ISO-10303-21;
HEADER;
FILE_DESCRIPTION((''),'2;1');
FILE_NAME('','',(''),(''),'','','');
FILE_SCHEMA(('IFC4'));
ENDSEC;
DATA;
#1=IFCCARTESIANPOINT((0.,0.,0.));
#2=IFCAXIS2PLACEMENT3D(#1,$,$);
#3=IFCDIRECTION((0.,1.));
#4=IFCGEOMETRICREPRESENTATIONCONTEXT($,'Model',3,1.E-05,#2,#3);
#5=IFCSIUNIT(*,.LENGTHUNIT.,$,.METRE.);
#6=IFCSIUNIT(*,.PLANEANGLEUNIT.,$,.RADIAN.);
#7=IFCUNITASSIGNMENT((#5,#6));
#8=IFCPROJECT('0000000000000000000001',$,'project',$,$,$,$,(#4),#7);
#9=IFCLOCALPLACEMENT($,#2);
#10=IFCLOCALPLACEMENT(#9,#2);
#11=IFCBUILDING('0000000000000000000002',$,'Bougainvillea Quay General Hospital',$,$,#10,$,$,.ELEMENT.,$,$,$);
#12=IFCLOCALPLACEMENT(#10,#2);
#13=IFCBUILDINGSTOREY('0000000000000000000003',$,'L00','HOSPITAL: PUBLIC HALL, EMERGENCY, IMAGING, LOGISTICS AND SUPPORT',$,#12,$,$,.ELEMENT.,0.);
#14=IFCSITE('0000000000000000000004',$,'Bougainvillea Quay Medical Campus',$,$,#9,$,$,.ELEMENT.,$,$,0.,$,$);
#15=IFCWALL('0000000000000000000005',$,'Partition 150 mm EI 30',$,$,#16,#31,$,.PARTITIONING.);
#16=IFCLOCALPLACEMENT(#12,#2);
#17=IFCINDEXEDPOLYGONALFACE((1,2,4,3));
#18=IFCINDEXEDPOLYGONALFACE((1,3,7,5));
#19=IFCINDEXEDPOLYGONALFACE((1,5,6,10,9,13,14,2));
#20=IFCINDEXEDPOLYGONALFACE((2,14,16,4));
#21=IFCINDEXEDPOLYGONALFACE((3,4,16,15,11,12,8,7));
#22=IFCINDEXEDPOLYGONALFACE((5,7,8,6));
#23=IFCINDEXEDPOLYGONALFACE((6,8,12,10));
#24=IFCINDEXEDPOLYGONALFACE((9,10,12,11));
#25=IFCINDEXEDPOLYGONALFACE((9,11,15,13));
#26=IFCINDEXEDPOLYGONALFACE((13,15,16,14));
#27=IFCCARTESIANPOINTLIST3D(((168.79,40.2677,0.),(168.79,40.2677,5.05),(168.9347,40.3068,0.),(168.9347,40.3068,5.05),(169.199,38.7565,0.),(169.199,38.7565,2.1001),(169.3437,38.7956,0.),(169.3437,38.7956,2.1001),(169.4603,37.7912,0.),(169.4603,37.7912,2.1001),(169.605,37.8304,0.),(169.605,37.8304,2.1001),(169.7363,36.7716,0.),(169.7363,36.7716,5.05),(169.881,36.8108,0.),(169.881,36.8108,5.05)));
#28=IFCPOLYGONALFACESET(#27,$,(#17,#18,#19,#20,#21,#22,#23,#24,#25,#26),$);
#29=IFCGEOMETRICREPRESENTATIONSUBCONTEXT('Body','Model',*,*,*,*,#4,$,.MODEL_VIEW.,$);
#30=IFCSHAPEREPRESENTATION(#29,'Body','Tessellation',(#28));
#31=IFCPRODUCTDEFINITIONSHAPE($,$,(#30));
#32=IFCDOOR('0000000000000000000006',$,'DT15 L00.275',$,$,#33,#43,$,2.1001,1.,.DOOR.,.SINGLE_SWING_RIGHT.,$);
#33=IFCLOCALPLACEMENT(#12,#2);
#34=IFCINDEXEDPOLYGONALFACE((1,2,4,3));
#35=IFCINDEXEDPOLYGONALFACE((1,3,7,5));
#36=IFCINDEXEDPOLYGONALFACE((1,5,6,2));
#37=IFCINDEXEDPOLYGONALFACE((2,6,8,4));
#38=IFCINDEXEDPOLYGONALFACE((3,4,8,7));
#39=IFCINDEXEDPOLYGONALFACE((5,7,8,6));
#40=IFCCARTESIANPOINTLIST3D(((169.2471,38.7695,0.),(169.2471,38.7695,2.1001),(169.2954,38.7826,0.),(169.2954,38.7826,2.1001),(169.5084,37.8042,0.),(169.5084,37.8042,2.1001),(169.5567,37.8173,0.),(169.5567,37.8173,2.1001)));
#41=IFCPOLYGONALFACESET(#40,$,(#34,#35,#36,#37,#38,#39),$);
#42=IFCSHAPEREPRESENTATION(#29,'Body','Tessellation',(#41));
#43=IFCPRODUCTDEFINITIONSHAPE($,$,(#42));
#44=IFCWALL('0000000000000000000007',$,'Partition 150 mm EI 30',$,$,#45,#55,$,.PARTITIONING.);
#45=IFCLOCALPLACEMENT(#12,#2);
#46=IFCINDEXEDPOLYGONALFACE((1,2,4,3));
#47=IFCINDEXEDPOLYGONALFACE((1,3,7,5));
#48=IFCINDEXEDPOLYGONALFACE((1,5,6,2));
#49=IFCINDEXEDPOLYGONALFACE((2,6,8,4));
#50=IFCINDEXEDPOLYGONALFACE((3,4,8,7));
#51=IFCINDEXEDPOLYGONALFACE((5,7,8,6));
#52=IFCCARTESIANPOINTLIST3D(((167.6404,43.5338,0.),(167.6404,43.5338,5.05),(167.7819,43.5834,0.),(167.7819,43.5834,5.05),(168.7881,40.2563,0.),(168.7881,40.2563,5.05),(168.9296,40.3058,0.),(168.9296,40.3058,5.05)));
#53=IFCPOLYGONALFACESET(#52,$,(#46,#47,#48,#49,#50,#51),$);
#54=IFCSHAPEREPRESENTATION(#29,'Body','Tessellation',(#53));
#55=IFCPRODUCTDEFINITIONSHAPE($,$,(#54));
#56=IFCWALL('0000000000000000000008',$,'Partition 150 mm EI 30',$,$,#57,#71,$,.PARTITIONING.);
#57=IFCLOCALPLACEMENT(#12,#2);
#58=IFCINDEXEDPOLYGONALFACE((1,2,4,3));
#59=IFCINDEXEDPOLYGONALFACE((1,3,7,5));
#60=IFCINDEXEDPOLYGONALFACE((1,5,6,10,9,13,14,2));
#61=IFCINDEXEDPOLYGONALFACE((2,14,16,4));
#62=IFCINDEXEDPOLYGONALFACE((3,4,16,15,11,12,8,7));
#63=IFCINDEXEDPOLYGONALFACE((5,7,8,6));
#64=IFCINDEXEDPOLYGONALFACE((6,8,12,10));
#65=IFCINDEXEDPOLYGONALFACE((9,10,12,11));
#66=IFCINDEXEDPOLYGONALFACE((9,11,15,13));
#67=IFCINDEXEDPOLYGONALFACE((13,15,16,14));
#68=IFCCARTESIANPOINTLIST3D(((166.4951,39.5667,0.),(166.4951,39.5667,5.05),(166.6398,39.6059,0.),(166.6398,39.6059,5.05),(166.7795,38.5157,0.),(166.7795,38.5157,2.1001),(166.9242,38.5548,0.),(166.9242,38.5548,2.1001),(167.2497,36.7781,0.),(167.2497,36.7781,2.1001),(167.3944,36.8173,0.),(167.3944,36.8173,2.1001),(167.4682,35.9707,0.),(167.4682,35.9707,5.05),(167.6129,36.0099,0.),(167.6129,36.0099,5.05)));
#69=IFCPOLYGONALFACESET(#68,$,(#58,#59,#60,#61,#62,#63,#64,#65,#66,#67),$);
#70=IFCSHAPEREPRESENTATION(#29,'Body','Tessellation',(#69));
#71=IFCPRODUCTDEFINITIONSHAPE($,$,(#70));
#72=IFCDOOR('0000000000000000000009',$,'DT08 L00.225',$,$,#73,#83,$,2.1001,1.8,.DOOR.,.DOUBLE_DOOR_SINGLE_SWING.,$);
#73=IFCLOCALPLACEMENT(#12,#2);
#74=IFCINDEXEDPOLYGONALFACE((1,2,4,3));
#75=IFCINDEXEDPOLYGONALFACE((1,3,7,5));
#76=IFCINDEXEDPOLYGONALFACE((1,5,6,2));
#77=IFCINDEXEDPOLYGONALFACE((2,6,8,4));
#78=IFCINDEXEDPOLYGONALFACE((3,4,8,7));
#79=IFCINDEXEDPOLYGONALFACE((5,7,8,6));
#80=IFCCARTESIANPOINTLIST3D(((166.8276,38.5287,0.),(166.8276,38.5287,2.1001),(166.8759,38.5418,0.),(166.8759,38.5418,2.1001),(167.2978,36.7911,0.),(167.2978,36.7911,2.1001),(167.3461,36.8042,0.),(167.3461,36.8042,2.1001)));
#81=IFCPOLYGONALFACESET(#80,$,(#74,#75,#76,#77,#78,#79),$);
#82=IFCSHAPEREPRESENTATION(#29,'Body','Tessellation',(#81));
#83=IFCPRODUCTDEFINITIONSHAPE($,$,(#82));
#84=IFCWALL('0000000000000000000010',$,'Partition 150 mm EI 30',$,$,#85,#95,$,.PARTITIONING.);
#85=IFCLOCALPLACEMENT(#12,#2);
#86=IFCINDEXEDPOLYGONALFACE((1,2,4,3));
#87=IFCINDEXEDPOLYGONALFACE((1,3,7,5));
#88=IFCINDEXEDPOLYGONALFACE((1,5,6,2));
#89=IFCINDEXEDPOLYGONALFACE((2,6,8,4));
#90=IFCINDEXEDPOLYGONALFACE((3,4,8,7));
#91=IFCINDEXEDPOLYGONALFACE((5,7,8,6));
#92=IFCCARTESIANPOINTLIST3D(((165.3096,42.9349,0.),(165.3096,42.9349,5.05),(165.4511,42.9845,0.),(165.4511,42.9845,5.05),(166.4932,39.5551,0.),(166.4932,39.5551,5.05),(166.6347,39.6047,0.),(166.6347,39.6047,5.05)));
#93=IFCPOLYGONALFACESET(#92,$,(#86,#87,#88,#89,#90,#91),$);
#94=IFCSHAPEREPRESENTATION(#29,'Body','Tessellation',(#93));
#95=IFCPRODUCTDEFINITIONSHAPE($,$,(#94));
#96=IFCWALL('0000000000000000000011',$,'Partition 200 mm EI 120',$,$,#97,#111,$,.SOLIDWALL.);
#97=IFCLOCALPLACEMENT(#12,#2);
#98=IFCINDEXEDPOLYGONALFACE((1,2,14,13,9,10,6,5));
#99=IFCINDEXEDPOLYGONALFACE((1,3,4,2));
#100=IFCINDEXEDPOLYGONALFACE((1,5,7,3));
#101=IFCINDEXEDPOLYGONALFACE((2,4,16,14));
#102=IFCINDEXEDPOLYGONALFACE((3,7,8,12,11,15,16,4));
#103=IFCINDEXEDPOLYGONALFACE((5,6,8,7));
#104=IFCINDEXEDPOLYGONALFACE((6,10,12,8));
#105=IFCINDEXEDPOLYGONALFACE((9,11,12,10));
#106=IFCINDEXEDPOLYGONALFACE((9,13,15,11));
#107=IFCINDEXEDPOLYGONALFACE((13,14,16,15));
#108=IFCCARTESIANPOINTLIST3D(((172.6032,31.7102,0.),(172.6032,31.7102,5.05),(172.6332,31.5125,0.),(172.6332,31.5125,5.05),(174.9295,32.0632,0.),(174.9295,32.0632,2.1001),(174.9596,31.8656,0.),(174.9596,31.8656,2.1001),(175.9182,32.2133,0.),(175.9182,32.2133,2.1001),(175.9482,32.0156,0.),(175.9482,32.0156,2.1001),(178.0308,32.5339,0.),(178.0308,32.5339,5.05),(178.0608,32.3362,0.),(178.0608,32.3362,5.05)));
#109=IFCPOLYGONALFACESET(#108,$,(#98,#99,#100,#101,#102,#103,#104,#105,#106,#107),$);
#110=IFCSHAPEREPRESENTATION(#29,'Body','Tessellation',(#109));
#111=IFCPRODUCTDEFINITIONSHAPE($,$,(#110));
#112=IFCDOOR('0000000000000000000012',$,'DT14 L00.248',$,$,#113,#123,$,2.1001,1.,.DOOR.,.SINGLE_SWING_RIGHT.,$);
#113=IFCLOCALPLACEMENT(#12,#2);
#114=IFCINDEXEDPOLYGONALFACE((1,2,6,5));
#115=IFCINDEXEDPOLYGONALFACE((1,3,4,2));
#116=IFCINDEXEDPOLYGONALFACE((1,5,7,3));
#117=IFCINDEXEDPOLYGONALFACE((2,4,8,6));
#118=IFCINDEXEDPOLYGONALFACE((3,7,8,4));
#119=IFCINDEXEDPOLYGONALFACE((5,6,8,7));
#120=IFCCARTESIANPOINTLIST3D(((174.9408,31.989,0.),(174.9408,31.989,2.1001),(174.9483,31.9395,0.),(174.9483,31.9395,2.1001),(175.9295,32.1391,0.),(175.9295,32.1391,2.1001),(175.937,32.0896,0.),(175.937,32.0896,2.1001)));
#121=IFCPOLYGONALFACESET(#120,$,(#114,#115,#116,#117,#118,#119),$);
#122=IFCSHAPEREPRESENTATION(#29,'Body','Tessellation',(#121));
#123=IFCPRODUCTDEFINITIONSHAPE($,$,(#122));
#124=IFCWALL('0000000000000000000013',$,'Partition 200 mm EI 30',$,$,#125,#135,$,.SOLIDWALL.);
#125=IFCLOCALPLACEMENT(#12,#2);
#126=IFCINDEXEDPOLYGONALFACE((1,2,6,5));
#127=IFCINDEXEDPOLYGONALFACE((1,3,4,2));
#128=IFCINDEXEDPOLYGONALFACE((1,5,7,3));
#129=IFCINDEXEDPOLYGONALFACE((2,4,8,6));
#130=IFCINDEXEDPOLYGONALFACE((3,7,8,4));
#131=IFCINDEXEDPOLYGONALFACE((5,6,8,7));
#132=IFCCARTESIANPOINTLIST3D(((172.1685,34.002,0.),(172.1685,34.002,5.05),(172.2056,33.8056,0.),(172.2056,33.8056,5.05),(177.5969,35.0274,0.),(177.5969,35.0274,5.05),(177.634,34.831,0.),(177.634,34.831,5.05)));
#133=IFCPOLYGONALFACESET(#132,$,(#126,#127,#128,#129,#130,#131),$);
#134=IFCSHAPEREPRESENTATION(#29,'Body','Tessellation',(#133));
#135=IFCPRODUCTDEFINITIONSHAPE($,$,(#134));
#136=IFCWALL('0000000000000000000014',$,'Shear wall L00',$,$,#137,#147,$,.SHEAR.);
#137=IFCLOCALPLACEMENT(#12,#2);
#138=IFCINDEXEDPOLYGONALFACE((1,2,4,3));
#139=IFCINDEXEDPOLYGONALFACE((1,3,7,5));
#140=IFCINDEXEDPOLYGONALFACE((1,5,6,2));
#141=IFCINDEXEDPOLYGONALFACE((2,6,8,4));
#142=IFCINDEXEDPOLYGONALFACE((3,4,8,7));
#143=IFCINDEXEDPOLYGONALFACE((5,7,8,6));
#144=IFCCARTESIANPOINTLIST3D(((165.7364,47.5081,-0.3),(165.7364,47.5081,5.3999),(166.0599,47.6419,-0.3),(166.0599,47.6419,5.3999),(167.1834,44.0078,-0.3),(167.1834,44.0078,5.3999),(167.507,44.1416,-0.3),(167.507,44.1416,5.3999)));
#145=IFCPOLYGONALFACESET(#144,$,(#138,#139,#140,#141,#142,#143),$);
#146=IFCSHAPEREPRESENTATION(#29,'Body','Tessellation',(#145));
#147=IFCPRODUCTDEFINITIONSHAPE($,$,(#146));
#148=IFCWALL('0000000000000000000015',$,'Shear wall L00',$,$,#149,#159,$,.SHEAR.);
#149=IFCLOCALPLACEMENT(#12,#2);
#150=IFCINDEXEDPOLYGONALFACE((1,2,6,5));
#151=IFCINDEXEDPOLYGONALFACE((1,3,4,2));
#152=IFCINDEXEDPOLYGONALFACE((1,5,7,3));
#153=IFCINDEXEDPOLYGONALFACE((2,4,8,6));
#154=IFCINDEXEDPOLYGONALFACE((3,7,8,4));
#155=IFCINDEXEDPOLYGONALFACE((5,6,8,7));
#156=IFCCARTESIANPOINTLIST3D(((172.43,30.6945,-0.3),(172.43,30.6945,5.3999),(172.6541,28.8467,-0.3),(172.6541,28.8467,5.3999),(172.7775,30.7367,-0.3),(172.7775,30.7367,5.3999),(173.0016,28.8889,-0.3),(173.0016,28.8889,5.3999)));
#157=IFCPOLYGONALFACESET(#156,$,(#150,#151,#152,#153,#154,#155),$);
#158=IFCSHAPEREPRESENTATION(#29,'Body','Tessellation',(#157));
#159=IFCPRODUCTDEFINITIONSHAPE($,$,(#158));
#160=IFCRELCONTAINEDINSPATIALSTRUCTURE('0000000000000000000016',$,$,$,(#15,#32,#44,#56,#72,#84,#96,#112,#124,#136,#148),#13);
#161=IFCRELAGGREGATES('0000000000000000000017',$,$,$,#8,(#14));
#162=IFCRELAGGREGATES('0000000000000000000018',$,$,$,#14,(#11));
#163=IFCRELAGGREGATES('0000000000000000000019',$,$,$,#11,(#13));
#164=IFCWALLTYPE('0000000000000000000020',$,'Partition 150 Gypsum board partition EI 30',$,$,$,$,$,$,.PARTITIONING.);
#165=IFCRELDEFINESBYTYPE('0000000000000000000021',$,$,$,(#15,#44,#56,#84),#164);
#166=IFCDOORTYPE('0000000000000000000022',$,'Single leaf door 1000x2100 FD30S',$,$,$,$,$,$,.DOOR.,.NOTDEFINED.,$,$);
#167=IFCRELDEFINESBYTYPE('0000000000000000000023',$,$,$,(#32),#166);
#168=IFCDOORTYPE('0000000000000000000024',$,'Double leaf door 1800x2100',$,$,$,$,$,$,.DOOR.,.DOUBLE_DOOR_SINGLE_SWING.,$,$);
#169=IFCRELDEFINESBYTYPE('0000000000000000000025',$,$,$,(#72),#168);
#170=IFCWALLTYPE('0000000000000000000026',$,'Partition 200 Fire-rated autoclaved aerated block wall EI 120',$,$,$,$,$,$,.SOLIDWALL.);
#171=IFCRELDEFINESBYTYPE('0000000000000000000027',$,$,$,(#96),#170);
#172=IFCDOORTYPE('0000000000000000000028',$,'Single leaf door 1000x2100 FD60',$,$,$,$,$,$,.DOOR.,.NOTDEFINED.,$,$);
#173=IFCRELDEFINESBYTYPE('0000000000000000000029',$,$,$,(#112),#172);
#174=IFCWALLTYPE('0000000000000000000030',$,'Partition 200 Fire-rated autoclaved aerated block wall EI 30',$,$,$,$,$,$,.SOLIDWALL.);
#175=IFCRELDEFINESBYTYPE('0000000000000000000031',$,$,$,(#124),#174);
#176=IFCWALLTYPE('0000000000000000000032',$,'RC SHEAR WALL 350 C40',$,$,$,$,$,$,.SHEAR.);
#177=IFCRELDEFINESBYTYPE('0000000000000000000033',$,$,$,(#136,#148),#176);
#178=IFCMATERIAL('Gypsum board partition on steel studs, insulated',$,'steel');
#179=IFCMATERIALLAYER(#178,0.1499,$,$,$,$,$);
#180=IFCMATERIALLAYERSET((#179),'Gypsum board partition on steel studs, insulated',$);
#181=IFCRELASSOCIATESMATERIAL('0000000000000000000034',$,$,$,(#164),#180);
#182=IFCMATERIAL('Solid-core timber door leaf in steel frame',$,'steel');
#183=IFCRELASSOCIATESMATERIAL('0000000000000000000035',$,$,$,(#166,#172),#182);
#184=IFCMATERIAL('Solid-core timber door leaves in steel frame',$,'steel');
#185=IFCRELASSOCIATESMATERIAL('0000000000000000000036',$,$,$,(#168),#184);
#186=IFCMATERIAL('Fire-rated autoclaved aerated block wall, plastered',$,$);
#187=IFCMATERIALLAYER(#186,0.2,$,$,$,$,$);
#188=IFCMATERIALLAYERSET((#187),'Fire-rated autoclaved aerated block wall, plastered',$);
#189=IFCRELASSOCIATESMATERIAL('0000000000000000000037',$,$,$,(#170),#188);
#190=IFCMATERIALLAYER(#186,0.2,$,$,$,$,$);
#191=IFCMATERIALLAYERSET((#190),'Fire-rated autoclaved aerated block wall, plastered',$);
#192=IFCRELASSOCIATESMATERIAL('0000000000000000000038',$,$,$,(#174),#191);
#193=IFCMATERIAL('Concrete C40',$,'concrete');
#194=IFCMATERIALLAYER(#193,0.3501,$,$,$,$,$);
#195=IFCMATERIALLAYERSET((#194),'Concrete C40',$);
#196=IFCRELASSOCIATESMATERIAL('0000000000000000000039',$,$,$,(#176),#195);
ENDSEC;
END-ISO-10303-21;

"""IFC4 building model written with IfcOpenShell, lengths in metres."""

from ifc_helpers import new_model, si_unit, direction, frame, frame_2d, origin, place, context, subcontext, project, spatial, rectangle, extrude, material, layer, layer_set, type_object, element, fill, save


model = new_model("IFC4")

# Units and contexts
model_context = context("Model", 3, precision=1e-05, world=origin(), true_north=direction((0.0, 1.0)))
body_context = subcontext(model_context, "Body", "Model", "MODEL_VIEW")
ifc_project = project(units=[si_unit("LENGTHUNIT", "METRE"), si_unit("PLANEANGLEUNIT", "RADIAN")], contexts=[model_context])

# Site, building, storey
site_placement = place(None, origin())
site = spatial("IfcSite", under=ifc_project, at=site_placement, Name="Bougainvillea Quay Medical Campus", CompositionType="ELEMENT", RefElevation=0.0)
building_placement = place(site_placement, origin())
building = spatial("IfcBuilding", under=site, at=building_placement, Name="Bougainvillea Quay General Hospital", CompositionType="ELEMENT")
storey_placement = place(building_placement, origin())
storey = spatial("IfcBuildingStorey", under=building, at=storey_placement, Name="L00", Description="HOSPITAL: PUBLIC HALL, EMERGENCY, IMAGING, LOGISTICS AND SUPPORT", CompositionType="ELEMENT", Elevation=0.0)

# Shared definitions
ifc_material_1 = material(Name="Concrete C40", Category="concrete")

# Wall, opening, door
ifc_material_2 = material(Name="Gypsum board partition on steel studs, insulated", Category="steel")
ifc_layer_1 = layer(ifc_material_2, 0.1499)
ifc_layer_set_1 = layer_set([ifc_layer_1], Name="Gypsum board partition on steel studs, insulated")
wall_type_1 = type_object("IfcWallType", Name="Partition 150 Gypsum board partition EI 30", PredefinedType="PARTITIONING", material=ifc_layer_set_1)
wall_1_placement = place(storey_placement, frame((168.8623, 40.2874, 0.0), z_axis=(0.0, 0.0, 1.0), x_axis=(0.261269, -0.965266, 0.0)))
wall_1 = element("IfcWall", 1, at=wall_1_placement, inside=storey, type_object=wall_type_1, Name="Partition 150 mm EI 30", PredefinedType="PARTITIONING", context=body_context, shape_type="SweptSolid", body=[
    extrude(rectangle(XDim=3.6218, YDim=0.1499, at=frame_2d((1.811, 0.0))), origin(), (0.0, 0.0, 1.0), 5.05),
])
opening_1_placement = place(wall_1_placement, frame((1.5657, 0.0, 0.0)))
opening_1 = element("IfcOpeningElement", 2, at=opening_1_placement, cuts=wall_1, PredefinedType="OPENING", context=body_context, shape_type="SweptSolid", body=[
    extrude(rectangle(XDim=1.0, YDim=2.1001, at=frame_2d((0.5, 1.05))), frame((0.0, 0.085, 0.0), z_axis=(0.0, -1.0, 0.0), x_axis=(1.0, 0.0, 0.0)), (0.0, 0.0, 1.0), 0.1699),
])
ifc_material_3 = material(Name="Solid-core timber door leaf in steel frame", Category="steel")
door_type_1 = type_object("IfcDoorType", Name="Single leaf door 1000x2100 FD30S", OperationType="NOTDEFINED", PredefinedType="DOOR", material=ifc_material_3)
door_1_placement = place(opening_1_placement, origin())
door_1 = element("IfcDoor", 3, at=door_1_placement, inside=storey, type_object=door_type_1, Name="DT15 L00.275", OperationType="SINGLE_SWING_RIGHT", OverallHeight=2.1001, OverallWidth=1.0, PredefinedType="DOOR", context=body_context, shape_type="SweptSolid", body=[
    extrude(rectangle(XDim=1.0, YDim=2.1001, at=frame_2d((0.5, 1.05))), frame((0.0, 0.0249, 0.0), z_axis=(0.0, -1.0, 0.0), x_axis=(1.0, 0.0, 0.0)), (0.0, 0.0, 1.0), 0.05),
])
fill(opening_1, door_1)

# Wall
wall_2_placement = place(storey_placement, frame((167.7112, 43.5586, 0.0), z_axis=(0.0, 0.0, 1.0), x_axis=(0.330491, -0.943809, 0.0)))
element("IfcWall", 4, at=wall_2_placement, inside=storey, type_object=wall_type_1, Name="Partition 150 mm EI 30", PredefinedType="PARTITIONING", context=body_context, shape_type="SweptSolid", body=[
    extrude(rectangle(XDim=3.4727, YDim=0.1499, at=frame_2d((1.7363, 0.0))), origin(), (0.0, 0.0, 1.0), 5.05),
])

# Wall, opening, door
wall_3_placement = place(storey_placement, frame((166.5674, 39.5864, 0.0), z_axis=(0.0, 0.0, 1.0), x_axis=(0.261226, -0.965278, 0.0)))
wall_3 = element("IfcWall", 5, at=wall_3_placement, inside=storey, type_object=wall_type_1, Name="Partition 150 mm EI 30", PredefinedType="PARTITIONING", context=body_context, shape_type="SweptSolid", body=[
    extrude(rectangle(XDim=3.7253, YDim=0.1499, at=frame_2d((1.8628, 0.0))), origin(), (0.0, 0.0, 1.0), 5.05),
])
opening_2_placement = place(wall_3_placement, frame((1.0891, 0.0, 0.0)))
opening_2 = element("IfcOpeningElement", 6, at=opening_2_placement, cuts=wall_3, PredefinedType="OPENING", context=body_context, shape_type="SweptSolid", body=[
    extrude(rectangle(XDim=1.8, YDim=2.1001, at=frame_2d((0.8999, 1.05))), frame((0.0, 0.085, 0.0), z_axis=(0.0, -1.0, 0.0), x_axis=(1.0, 0.0, 0.0)), (0.0, 0.0, 1.0), 0.1699),
])
ifc_material_4 = material(Name="Solid-core timber door leaves in steel frame", Category="steel")
door_type_2 = type_object("IfcDoorType", Name="Double leaf door 1800x2100", OperationType="DOUBLE_DOOR_SINGLE_SWING", PredefinedType="DOOR", material=ifc_material_4)
door_2_placement = place(opening_2_placement, origin())
door_2 = element("IfcDoor", 7, at=door_2_placement, inside=storey, type_object=door_type_2, Name="DT08 L00.225", OperationType="DOUBLE_DOOR_SINGLE_SWING", OverallHeight=2.1001, OverallWidth=1.8, PredefinedType="DOOR", context=body_context, shape_type="SweptSolid", body=[
    extrude(rectangle(XDim=1.8, YDim=2.1001, at=frame_2d((0.8999, 1.05))), frame((0.0, 0.0249, 0.0), z_axis=(0.0, -1.0, 0.0), x_axis=(1.0, 0.0, 0.0)), (0.0, 0.0, 1.0), 0.05),
])
fill(opening_2, door_2)

# Wall
wall_4_placement = place(storey_placement, frame((165.3804, 42.9597, 0.0), z_axis=(0.0, 0.0, 1.0), x_axis=(0.330508, -0.943803, 0.0)))
element("IfcWall", 8, at=wall_4_placement, inside=storey, type_object=wall_type_1, Name="Partition 150 mm EI 30", PredefinedType="PARTITIONING", context=body_context, shape_type="SweptSolid", body=[
    extrude(rectangle(XDim=3.5811, YDim=0.1499, at=frame_2d((1.7905, 0.0))), origin(), (0.0, 0.0, 1.0), 5.05),
])

# Wall, opening, door
ifc_material_5 = material(Name="Fire-rated autoclaved aerated block wall, plastered")
ifc_layer_2 = layer(ifc_material_5, 0.2)
ifc_layer_set_2 = layer_set([ifc_layer_2], Name="Fire-rated autoclaved aerated block wall, plastered")
wall_type_2 = type_object("IfcWallType", Name="Partition 200 Fire-rated autoclaved aerated block wall EI 120", PredefinedType="SOLIDWALL", material=ifc_layer_set_2)
wall_5_placement = place(storey_placement, frame((172.6182, 31.6113, 0.0), z_axis=(0.0, 0.0, 1.0), x_axis=(0.988678, 0.150052, 0.0)))
wall_5 = element("IfcWall", 9, at=wall_5_placement, inside=storey, type_object=wall_type_2, Name="Partition 200 mm EI 120", PredefinedType="SOLIDWALL", context=body_context, shape_type="SweptSolid", body=[
    extrude(rectangle(XDim=5.4897, YDim=0.2, at=frame_2d((2.7449, 0.0))), origin(), (0.0, 0.0, 1.0), 5.05),
])
opening_3_placement = place(wall_5_placement, frame((2.353, 0.0, 0.0)))
opening_3 = element("IfcOpeningElement", 10, at=opening_3_placement, cuts=wall_5, PredefinedType="OPENING", context=body_context, shape_type="SweptSolid", body=[
    extrude(rectangle(XDim=1.0, YDim=2.1001, at=frame_2d((0.5, 1.05))), frame((0.0, 0.1099, 0.0), z_axis=(0.0, -1.0, 0.0), x_axis=(1.0, 0.0, 0.0)), (0.0, 0.0, 1.0), 0.22),
])
door_type_3 = type_object("IfcDoorType", Name="Single leaf door 1000x2100 FD60", OperationType="NOTDEFINED", PredefinedType="DOOR", material=ifc_material_3)
door_3_placement = place(opening_3_placement, origin())
door_3 = element("IfcDoor", 11, at=door_3_placement, inside=storey, type_object=door_type_3, Name="DT14 L00.248", OperationType="SINGLE_SWING_RIGHT", OverallHeight=2.1001, OverallWidth=1.0, PredefinedType="DOOR", context=body_context, shape_type="SweptSolid", body=[
    extrude(rectangle(XDim=1.0, YDim=2.1001, at=frame_2d((0.5, 1.05))), frame((0.0, 0.0249, 0.0), z_axis=(0.0, -1.0, 0.0), x_axis=(1.0, 0.0, 0.0)), (0.0, 0.0, 1.0), 0.05),
])
fill(opening_3, door_3)

# Walls
ifc_layer_3 = layer(ifc_material_5, 0.2)
ifc_layer_set_3 = layer_set([ifc_layer_3], Name="Fire-rated autoclaved aerated block wall, plastered")
wall_type_3 = type_object("IfcWallType", Name="Partition 200 Fire-rated autoclaved aerated block wall EI 30", PredefinedType="SOLIDWALL", material=ifc_layer_set_3)
wall_6_placement = place(storey_placement, frame((172.187, 33.9038, 0.0), z_axis=(0.0, 0.0, 1.0), x_axis=(0.982624, 0.185609, 0.0)))
element("IfcWall", 12, at=wall_6_placement, inside=storey, type_object=wall_type_3, Name="Partition 200 mm EI 30", PredefinedType="SOLIDWALL", context=body_context, shape_type="SweptSolid", body=[
    extrude(rectangle(XDim=5.5244, YDim=0.2, at=frame_2d((2.7622, 0.0))), origin(), (0.0, 0.0, 1.0), 5.05),
])
ifc_layer_4 = layer(ifc_material_1, 0.3501)
ifc_layer_set_4 = layer_set([ifc_layer_4], Name="Concrete C40")
wall_type_4 = type_object("IfcWallType", Name="RC SHEAR WALL 350 C40", PredefinedType="SHEAR", material=ifc_layer_set_4)
wall_7_placement = place(storey_placement, frame((167.3452, 44.0747, -0.3), z_axis=(0.0, 0.0, 1.0), x_axis=(-0.382046, 0.924143, 0.0)))
element("IfcWall", 13, at=wall_7_placement, inside=storey, type_object=wall_type_4, Name="Shear wall L00", PredefinedType="SHEAR", context=body_context, shape_type="SweptSolid", body=[
    extrude(rectangle(XDim=3.7876, YDim=0.3501, at=frame_2d((1.8938, 0.0))), origin(), (0.0, 0.0, 1.0), 5.7),
])
wall_8_placement = place(storey_placement, frame((172.6038, 30.7156, -0.3), z_axis=(0.0, 0.0, 1.0), x_axis=(0.120402, -0.992725, 0.0)))
element("IfcWall", 14, at=wall_8_placement, inside=storey, type_object=wall_type_4, Name="Shear wall L00", PredefinedType="SHEAR", context=body_context, shape_type="SweptSolid", body=[
    extrude(rectangle(XDim=1.8613, YDim=0.3501, at=frame_2d((0.9307, 0.0))), origin(), (0.0, 0.0, 1.0), 5.7),
])

save(model, "model.ifc")
